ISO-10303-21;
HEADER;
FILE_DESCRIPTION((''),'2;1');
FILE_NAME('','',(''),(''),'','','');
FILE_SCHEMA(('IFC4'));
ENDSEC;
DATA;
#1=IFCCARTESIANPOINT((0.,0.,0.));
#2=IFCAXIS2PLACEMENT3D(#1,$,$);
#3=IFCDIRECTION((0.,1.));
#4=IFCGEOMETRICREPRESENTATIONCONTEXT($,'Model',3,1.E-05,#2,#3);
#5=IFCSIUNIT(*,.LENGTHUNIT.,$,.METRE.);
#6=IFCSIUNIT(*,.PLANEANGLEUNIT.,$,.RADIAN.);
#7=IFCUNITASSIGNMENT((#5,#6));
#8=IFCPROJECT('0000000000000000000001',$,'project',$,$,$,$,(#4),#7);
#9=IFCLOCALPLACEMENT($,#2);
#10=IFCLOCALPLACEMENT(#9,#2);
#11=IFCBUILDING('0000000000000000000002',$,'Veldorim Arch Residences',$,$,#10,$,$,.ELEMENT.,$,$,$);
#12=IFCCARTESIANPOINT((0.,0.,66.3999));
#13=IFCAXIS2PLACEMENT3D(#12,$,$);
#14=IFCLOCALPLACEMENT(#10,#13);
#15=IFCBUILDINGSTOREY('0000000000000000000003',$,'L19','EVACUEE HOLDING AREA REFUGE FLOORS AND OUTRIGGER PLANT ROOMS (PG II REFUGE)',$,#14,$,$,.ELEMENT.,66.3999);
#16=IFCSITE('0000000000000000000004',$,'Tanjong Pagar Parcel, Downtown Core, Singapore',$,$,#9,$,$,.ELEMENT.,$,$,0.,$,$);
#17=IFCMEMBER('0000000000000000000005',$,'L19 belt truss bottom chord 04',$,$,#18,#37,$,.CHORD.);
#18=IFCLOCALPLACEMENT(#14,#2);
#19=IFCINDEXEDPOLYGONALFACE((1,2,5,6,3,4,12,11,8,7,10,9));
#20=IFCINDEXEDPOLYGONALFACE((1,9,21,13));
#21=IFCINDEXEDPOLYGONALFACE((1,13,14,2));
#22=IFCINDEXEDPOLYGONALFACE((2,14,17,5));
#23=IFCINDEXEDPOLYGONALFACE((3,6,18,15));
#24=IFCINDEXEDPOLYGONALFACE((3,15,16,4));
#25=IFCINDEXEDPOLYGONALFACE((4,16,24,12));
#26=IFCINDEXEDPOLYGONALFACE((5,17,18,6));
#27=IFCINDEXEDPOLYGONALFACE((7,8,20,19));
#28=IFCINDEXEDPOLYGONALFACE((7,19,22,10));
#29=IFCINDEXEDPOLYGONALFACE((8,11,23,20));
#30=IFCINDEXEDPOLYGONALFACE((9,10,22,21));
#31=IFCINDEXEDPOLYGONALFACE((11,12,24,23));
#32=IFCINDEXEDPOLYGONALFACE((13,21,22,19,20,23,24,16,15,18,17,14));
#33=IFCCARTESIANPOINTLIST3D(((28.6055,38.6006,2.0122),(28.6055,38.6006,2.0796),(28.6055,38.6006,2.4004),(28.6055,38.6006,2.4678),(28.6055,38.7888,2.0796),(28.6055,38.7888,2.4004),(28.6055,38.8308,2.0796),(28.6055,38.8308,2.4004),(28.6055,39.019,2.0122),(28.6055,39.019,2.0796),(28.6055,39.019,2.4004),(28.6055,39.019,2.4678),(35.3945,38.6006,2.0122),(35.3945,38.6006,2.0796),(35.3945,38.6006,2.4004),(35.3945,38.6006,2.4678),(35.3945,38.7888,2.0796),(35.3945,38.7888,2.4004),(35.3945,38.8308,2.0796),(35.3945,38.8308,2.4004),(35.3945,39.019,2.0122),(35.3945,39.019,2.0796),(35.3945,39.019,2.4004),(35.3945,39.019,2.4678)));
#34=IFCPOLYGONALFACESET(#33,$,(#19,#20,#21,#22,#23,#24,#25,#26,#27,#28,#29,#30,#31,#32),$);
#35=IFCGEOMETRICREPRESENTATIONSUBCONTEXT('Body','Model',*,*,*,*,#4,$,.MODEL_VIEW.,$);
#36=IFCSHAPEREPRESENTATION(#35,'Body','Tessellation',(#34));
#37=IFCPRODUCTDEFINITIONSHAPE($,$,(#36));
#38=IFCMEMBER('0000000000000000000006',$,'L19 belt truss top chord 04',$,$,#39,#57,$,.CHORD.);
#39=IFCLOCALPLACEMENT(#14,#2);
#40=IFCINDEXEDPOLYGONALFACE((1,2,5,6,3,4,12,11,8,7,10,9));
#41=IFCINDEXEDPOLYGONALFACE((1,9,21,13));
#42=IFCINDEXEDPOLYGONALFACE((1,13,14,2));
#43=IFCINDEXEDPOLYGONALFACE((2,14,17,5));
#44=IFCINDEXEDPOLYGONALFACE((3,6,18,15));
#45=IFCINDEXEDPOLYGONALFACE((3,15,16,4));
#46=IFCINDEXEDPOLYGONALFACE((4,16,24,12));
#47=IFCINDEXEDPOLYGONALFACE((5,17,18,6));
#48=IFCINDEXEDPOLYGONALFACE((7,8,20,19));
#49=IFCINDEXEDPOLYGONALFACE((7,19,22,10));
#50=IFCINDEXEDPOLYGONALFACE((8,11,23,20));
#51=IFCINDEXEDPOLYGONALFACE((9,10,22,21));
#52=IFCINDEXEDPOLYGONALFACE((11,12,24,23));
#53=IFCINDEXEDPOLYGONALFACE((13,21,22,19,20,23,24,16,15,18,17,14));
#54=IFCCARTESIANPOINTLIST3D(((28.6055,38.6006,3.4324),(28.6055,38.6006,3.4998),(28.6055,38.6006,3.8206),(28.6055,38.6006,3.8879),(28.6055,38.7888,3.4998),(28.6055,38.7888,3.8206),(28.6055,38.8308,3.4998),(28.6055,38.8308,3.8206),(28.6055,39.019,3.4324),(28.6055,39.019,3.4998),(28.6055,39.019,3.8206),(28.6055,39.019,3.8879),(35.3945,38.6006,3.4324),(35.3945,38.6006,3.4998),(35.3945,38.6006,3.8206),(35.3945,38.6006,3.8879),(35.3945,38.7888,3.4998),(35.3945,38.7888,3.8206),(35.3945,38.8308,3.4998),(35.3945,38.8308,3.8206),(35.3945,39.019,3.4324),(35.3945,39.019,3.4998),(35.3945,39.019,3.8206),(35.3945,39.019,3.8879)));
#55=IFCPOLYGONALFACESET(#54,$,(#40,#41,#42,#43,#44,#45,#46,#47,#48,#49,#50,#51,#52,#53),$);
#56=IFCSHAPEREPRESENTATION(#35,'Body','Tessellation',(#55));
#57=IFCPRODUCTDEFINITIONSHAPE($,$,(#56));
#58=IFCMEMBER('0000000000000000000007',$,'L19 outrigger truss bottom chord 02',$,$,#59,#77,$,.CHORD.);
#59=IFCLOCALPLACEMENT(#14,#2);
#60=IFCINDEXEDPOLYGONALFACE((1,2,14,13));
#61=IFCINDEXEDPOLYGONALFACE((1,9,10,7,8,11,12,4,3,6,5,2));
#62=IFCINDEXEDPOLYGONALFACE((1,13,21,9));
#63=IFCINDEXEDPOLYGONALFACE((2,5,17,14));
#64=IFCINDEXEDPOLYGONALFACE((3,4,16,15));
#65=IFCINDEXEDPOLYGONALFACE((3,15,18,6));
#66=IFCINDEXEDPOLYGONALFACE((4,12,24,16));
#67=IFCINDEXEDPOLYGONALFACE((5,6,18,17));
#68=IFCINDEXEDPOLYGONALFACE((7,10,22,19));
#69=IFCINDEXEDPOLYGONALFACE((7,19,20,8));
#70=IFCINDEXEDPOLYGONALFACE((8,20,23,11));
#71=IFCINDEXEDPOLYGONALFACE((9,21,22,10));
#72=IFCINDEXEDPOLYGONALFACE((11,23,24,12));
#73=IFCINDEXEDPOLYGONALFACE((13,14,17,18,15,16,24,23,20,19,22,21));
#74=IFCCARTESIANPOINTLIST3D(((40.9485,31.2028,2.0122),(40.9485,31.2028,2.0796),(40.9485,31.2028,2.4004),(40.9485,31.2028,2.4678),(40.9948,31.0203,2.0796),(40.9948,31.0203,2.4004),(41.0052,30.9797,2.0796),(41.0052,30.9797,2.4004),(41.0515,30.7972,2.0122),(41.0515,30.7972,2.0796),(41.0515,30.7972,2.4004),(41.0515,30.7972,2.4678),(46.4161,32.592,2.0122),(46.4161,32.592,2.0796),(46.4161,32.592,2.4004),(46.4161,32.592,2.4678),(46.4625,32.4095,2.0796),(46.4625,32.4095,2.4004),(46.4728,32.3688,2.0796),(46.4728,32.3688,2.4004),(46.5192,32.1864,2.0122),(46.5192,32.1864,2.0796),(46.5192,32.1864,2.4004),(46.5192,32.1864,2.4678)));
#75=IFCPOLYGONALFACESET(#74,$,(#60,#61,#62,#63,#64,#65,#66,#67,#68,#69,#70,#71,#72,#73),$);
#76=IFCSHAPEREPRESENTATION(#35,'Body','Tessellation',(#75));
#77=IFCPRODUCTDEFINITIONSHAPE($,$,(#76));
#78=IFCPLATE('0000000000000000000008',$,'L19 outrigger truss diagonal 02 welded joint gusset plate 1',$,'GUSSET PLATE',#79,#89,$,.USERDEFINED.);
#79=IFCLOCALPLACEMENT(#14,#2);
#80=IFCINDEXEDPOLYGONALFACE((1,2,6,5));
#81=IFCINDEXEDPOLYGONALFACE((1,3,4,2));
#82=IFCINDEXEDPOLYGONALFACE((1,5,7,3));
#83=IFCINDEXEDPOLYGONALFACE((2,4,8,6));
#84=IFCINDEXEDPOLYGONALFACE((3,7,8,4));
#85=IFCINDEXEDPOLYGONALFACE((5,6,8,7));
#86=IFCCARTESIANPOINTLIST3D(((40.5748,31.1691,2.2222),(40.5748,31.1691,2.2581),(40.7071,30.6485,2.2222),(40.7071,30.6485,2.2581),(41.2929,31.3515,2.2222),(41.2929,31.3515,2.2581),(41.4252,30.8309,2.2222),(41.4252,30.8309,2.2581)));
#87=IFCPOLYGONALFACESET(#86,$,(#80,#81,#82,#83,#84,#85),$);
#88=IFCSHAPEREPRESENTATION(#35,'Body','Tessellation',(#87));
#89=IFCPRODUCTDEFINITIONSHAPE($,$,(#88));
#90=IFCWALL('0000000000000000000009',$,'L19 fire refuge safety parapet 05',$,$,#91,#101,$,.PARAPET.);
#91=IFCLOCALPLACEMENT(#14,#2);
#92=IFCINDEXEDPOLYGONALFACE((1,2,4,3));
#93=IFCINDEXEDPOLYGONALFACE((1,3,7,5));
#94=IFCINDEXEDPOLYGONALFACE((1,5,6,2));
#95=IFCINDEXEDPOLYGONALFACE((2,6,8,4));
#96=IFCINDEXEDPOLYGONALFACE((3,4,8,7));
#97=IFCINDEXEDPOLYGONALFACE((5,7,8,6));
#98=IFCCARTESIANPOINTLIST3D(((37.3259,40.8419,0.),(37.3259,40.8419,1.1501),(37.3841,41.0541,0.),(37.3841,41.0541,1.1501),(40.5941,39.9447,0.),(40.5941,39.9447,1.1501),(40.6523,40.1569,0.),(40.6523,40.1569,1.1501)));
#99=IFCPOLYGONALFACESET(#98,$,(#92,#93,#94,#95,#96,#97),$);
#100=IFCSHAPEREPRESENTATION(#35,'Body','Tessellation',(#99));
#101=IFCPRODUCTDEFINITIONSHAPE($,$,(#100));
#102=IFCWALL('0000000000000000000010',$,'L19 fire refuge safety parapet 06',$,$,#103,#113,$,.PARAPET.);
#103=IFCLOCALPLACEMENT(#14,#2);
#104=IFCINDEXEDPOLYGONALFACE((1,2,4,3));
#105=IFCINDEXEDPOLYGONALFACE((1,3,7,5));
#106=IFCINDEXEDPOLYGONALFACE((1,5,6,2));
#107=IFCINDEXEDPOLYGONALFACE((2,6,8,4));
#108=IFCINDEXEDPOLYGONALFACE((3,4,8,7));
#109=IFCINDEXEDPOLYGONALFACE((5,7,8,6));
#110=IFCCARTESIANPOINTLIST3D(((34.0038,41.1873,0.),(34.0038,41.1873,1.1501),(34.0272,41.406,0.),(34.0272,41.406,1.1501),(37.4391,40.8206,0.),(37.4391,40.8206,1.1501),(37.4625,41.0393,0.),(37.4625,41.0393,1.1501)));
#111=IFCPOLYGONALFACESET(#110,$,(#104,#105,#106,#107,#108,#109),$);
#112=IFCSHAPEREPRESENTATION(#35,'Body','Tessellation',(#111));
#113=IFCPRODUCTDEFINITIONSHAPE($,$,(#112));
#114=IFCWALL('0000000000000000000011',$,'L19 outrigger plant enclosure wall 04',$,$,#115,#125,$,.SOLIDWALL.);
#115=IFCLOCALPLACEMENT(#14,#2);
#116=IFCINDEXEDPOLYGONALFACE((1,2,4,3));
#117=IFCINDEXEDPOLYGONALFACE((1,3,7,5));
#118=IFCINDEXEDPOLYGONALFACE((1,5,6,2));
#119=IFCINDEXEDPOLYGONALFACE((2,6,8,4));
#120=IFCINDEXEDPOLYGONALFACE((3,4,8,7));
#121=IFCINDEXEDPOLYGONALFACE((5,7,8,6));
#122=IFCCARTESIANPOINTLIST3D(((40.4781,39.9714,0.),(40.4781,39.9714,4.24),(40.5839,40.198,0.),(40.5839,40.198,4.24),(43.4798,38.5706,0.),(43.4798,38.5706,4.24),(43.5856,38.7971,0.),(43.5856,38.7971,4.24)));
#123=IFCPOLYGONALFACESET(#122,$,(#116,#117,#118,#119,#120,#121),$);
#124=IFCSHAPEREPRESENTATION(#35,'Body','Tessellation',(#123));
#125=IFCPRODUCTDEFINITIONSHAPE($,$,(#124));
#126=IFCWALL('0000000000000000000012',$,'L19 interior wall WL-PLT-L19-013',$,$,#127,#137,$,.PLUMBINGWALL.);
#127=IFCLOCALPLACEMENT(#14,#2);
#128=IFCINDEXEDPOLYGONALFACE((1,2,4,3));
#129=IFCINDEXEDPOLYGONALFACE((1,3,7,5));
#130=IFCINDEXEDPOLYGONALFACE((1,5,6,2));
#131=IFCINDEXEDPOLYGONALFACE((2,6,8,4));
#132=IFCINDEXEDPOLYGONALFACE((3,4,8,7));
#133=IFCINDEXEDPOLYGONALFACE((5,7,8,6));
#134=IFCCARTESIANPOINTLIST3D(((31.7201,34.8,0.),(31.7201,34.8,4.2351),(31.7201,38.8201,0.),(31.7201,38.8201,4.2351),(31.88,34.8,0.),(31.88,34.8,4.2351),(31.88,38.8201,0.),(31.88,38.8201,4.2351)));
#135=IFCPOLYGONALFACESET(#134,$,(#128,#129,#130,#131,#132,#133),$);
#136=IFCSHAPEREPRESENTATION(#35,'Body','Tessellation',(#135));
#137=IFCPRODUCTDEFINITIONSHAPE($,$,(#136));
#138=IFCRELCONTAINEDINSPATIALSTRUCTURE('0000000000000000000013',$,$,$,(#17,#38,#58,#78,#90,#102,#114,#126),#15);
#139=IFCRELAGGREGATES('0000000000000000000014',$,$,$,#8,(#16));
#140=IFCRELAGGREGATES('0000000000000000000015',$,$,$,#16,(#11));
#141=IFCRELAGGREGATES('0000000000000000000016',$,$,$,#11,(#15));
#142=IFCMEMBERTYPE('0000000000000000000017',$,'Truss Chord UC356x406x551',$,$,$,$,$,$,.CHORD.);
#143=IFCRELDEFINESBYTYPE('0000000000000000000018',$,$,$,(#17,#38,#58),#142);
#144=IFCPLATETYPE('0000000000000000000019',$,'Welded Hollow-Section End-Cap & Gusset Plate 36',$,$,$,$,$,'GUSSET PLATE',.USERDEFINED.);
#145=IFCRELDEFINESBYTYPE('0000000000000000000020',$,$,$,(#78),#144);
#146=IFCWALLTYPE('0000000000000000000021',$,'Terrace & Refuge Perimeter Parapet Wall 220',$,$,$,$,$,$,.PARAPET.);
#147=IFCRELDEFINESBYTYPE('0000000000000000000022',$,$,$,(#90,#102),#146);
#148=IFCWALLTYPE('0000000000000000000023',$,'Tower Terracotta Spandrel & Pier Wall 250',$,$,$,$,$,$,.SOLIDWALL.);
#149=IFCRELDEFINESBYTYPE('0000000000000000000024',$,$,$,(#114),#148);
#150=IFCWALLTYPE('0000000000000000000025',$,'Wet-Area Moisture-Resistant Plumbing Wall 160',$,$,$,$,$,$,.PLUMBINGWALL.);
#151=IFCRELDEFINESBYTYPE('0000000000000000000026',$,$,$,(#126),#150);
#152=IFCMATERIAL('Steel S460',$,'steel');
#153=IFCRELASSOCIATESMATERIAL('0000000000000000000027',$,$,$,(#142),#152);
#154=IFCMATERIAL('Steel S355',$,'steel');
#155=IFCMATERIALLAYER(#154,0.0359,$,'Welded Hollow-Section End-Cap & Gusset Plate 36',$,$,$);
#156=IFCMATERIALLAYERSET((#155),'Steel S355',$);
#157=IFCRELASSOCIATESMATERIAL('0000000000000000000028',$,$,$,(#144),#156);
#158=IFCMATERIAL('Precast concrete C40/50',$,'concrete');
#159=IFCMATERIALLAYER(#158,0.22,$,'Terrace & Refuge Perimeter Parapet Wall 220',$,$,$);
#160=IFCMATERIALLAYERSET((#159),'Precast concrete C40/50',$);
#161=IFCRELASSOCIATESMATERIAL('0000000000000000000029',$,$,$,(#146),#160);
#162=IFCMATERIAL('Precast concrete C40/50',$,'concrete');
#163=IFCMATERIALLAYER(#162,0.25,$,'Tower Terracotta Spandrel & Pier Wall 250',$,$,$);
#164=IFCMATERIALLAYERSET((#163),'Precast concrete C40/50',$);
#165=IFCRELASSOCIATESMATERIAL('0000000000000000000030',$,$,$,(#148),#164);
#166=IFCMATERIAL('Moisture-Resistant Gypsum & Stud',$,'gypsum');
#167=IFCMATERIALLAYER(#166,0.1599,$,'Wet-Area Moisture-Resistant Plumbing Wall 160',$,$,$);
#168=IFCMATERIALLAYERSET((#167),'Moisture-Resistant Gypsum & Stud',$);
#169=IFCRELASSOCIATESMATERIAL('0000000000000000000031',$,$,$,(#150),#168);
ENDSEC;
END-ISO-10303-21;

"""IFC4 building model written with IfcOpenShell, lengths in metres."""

from ifc_helpers import new_model, si_unit, direction, frame, frame_2d, origin, origin_2d, place, context, subcontext, project, spatial, rectangle, i_section, extrude, material, layer, layer_set, material_profile, profile_set, type_object, element, save


model = new_model("IFC4")

# Units and contexts
model_context = context("Model", 3, precision=1e-05, world=origin(), true_north=direction((0.0, 1.0)))
body_context = subcontext(model_context, "Body", "Model", "MODEL_VIEW")
ifc_project = project(units=[si_unit("LENGTHUNIT", "METRE"), si_unit("PLANEANGLEUNIT", "RADIAN")], contexts=[model_context])

# Site, building, storey
site_placement = place(None, origin())
site = spatial("IfcSite", under=ifc_project, at=site_placement, Name="Tanjong Pagar Parcel, Downtown Core, Singapore", CompositionType="ELEMENT", RefElevation=0.0)
building_placement = place(site_placement, origin())
building = spatial("IfcBuilding", under=site, at=building_placement, Name="Veldorim Arch Residences", CompositionType="ELEMENT")
storey_placement = place(building_placement, frame((0.0, 0.0, 66.3999)))
storey = spatial("IfcBuildingStorey", under=building, at=storey_placement, Name="L19", Description="EVACUEE HOLDING AREA REFUGE FLOORS AND OUTRIGGER PLANT ROOMS (PG II REFUGE)", CompositionType="ELEMENT", Elevation=66.3999)

# Members
ifc_material_1 = material(Name="Steel S460", Category="steel")
ifc_material_profile_1 = material_profile(ifc_material_1, i_section(OverallWidth=0.4185, OverallDepth=0.4556, WebThickness=0.042, FlangeThickness=0.0674, at=origin_2d()), Name="UC356x406x551")
ifc_profile_set_1 = profile_set([ifc_material_profile_1], Name="Steel S460")
member_type_1 = type_object("IfcMemberType", Name="Truss Chord UC356x406x551", PredefinedType="CHORD", material=ifc_profile_set_1)
for number, where, z_axis, x_axis, name in (
    (1, (35.3945, 38.8098, 2.24), (-1.0, 0.0, 0.0), (0.0, -1.0, 0.0), "L19 belt truss bottom chord 04"),
    (2, (35.3945, 38.8098, 3.6602), (-1.0, 0.0, 0.0), (0.0, -1.0, 0.0), "L19 belt truss top chord 04"),
):
    element("IfcMember", number, at=place(storey_placement, frame(where, z_axis=z_axis, x_axis=x_axis)), inside=storey, type_object=member_type_1, Name=name, PredefinedType="CHORD", context=body_context, shape_type="SweptSolid", body=[
        extrude(i_section(OverallWidth=0.4185, OverallDepth=0.4556, WebThickness=0.042, FlangeThickness=0.0674, at=origin_2d()), origin(), (0.0, 0.0, 1.0), 6.7891),
    ])
member_1_placement = place(storey_placement, frame((41.0, 31.0, 2.24), z_axis=(0.969206, 0.246251, 0.0), x_axis=(-0.246251, 0.969206, 0.0)))
element("IfcMember", 3, at=member_1_placement, inside=storey, type_object=member_type_1, Name="L19 outrigger truss bottom chord 02", PredefinedType="CHORD", context=body_context, shape_type="SweptSolid", body=[
    extrude(i_section(OverallWidth=0.4185, OverallDepth=0.4556, WebThickness=0.042, FlangeThickness=0.0674, at=origin_2d()), origin(), (0.0, 0.0, 1.0), 5.6414),
])

# Plate
ifc_material_2 = material(Name="Steel S355", Category="steel")
ifc_layer_1 = layer(ifc_material_2, 0.0359, Name="Welded Hollow-Section End-Cap & Gusset Plate 36")
ifc_layer_set_1 = layer_set([ifc_layer_1], Name="Steel S355")
plate_type = type_object("IfcPlateType", Name="Welded Hollow-Section End-Cap & Gusset Plate 36", ElementType="GUSSET PLATE", PredefinedType="USERDEFINED", material=ifc_layer_set_1)
plate_placement = place(storey_placement, frame((41.0, 31.0, 2.2222), z_axis=(0.0, 0.0, 1.0), x_axis=(0.969209, 0.246238, 0.0)))
element("IfcPlate", 4, at=plate_placement, inside=storey, type_object=plate_type, Name="L19 outrigger truss diagonal 02 welded joint gusset plate 1", ObjectType="GUSSET PLATE", PredefinedType="USERDEFINED", context=body_context, shape_type="SweptSolid", body=[
    extrude(rectangle(XDim=0.741, YDim=0.5371, at=origin_2d()), origin(), (0.0, 0.0, 1.0), 0.0359),
])

# Walls
ifc_material_3 = material(Name="Precast concrete C40/50", Category="concrete")
ifc_layer_2 = layer(ifc_material_3, 0.22, Name="Terrace & Refuge Perimeter Parapet Wall 220")
ifc_layer_set_2 = layer_set([ifc_layer_2], Name="Precast concrete C40/50")
wall_type_1 = type_object("IfcWallType", Name="Terrace & Refuge Perimeter Parapet Wall 220", PredefinedType="PARAPET", material=ifc_layer_set_2)
wall_1_placement = place(storey_placement, frame((37.355, 40.948, 0.0), z_axis=(0.0, 0.0, 1.0), x_axis=(0.964324, -0.264726, 0.0)))
element("IfcWall", 5, at=wall_1_placement, inside=storey, type_object=wall_type_1, Name="L19 fire refuge safety parapet 05", PredefinedType="PARAPET", context=body_context, shape_type="SweptSolid", body=[
    extrude(rectangle(XDim=3.3892, YDim=0.22, at=frame_2d((1.6946, 0.0))), origin(), (0.0, 0.0, 1.0), 1.1501),
])
wall_2_placement = place(storey_placement, frame((34.0154, 41.2966, 0.0), z_axis=(0.0, 0.0, 1.0), x_axis=(0.994351, -0.106141, 0.0)))
element("IfcWall", 6, at=wall_2_placement, inside=storey, type_object=wall_type_1, Name="L19 fire refuge safety parapet 06", PredefinedType="PARAPET", context=body_context, shape_type="SweptSolid", body=[
    extrude(rectangle(XDim=3.4548, YDim=0.22, at=frame_2d((1.7275, 0.0))), origin(), (0.0, 0.0, 1.0), 1.1501),
])
ifc_material_4 = material(Name="Precast concrete C40/50", Category="concrete")
ifc_layer_3 = layer(ifc_material_4, 0.25, Name="Tower Terracotta Spandrel & Pier Wall 250")
ifc_layer_set_3 = layer_set([ifc_layer_3], Name="Precast concrete C40/50")
wall_type_2 = type_object("IfcWallType", Name="Tower Terracotta Spandrel & Pier Wall 250", PredefinedType="SOLIDWALL", material=ifc_layer_set_3)
wall_3_placement = place(storey_placement, frame((40.531, 40.0847, 0.0), z_axis=(0.0, 0.0, 1.0), x_axis=(0.906174, -0.422906, 0.0)))
element("IfcWall", 7, at=wall_3_placement, inside=storey, type_object=wall_type_2, Name="L19 outrigger plant enclosure wall 04", PredefinedType="SOLIDWALL", context=body_context, shape_type="SweptSolid", body=[
    extrude(rectangle(XDim=3.3125, YDim=0.25, at=frame_2d((1.6562, 0.0))), origin(), (0.0, 0.0, 1.0), 4.24),
])
ifc_material_5 = material(Name="Moisture-Resistant Gypsum & Stud", Category="gypsum")
ifc_layer_4 = layer(ifc_material_5, 0.1599, Name="Wet-Area Moisture-Resistant Plumbing Wall 160")
ifc_layer_set_4 = layer_set([ifc_layer_4], Name="Moisture-Resistant Gypsum & Stud")
wall_type_3 = type_object("IfcWallType", Name="Wet-Area Moisture-Resistant Plumbing Wall 160", PredefinedType="PLUMBINGWALL", material=ifc_layer_set_4)
wall_4_placement = place(storey_placement, frame((31.8, 34.8, 0.0), z_axis=(0.0, 0.0, 1.0), x_axis=(0.0, 1.0, 0.0)))
element("IfcWall", 8, at=wall_4_placement, inside=storey, type_object=wall_type_3, Name="L19 interior wall WL-PLT-L19-013", PredefinedType="PLUMBINGWALL", context=body_context, shape_type="SweptSolid", body=[
    extrude(rectangle(XDim=4.02, YDim=0.1599, at=frame_2d((2.01, 0.0))), origin(), (0.0, 0.0, 1.0), 4.2351),
])

save(model, "model.ifc")
